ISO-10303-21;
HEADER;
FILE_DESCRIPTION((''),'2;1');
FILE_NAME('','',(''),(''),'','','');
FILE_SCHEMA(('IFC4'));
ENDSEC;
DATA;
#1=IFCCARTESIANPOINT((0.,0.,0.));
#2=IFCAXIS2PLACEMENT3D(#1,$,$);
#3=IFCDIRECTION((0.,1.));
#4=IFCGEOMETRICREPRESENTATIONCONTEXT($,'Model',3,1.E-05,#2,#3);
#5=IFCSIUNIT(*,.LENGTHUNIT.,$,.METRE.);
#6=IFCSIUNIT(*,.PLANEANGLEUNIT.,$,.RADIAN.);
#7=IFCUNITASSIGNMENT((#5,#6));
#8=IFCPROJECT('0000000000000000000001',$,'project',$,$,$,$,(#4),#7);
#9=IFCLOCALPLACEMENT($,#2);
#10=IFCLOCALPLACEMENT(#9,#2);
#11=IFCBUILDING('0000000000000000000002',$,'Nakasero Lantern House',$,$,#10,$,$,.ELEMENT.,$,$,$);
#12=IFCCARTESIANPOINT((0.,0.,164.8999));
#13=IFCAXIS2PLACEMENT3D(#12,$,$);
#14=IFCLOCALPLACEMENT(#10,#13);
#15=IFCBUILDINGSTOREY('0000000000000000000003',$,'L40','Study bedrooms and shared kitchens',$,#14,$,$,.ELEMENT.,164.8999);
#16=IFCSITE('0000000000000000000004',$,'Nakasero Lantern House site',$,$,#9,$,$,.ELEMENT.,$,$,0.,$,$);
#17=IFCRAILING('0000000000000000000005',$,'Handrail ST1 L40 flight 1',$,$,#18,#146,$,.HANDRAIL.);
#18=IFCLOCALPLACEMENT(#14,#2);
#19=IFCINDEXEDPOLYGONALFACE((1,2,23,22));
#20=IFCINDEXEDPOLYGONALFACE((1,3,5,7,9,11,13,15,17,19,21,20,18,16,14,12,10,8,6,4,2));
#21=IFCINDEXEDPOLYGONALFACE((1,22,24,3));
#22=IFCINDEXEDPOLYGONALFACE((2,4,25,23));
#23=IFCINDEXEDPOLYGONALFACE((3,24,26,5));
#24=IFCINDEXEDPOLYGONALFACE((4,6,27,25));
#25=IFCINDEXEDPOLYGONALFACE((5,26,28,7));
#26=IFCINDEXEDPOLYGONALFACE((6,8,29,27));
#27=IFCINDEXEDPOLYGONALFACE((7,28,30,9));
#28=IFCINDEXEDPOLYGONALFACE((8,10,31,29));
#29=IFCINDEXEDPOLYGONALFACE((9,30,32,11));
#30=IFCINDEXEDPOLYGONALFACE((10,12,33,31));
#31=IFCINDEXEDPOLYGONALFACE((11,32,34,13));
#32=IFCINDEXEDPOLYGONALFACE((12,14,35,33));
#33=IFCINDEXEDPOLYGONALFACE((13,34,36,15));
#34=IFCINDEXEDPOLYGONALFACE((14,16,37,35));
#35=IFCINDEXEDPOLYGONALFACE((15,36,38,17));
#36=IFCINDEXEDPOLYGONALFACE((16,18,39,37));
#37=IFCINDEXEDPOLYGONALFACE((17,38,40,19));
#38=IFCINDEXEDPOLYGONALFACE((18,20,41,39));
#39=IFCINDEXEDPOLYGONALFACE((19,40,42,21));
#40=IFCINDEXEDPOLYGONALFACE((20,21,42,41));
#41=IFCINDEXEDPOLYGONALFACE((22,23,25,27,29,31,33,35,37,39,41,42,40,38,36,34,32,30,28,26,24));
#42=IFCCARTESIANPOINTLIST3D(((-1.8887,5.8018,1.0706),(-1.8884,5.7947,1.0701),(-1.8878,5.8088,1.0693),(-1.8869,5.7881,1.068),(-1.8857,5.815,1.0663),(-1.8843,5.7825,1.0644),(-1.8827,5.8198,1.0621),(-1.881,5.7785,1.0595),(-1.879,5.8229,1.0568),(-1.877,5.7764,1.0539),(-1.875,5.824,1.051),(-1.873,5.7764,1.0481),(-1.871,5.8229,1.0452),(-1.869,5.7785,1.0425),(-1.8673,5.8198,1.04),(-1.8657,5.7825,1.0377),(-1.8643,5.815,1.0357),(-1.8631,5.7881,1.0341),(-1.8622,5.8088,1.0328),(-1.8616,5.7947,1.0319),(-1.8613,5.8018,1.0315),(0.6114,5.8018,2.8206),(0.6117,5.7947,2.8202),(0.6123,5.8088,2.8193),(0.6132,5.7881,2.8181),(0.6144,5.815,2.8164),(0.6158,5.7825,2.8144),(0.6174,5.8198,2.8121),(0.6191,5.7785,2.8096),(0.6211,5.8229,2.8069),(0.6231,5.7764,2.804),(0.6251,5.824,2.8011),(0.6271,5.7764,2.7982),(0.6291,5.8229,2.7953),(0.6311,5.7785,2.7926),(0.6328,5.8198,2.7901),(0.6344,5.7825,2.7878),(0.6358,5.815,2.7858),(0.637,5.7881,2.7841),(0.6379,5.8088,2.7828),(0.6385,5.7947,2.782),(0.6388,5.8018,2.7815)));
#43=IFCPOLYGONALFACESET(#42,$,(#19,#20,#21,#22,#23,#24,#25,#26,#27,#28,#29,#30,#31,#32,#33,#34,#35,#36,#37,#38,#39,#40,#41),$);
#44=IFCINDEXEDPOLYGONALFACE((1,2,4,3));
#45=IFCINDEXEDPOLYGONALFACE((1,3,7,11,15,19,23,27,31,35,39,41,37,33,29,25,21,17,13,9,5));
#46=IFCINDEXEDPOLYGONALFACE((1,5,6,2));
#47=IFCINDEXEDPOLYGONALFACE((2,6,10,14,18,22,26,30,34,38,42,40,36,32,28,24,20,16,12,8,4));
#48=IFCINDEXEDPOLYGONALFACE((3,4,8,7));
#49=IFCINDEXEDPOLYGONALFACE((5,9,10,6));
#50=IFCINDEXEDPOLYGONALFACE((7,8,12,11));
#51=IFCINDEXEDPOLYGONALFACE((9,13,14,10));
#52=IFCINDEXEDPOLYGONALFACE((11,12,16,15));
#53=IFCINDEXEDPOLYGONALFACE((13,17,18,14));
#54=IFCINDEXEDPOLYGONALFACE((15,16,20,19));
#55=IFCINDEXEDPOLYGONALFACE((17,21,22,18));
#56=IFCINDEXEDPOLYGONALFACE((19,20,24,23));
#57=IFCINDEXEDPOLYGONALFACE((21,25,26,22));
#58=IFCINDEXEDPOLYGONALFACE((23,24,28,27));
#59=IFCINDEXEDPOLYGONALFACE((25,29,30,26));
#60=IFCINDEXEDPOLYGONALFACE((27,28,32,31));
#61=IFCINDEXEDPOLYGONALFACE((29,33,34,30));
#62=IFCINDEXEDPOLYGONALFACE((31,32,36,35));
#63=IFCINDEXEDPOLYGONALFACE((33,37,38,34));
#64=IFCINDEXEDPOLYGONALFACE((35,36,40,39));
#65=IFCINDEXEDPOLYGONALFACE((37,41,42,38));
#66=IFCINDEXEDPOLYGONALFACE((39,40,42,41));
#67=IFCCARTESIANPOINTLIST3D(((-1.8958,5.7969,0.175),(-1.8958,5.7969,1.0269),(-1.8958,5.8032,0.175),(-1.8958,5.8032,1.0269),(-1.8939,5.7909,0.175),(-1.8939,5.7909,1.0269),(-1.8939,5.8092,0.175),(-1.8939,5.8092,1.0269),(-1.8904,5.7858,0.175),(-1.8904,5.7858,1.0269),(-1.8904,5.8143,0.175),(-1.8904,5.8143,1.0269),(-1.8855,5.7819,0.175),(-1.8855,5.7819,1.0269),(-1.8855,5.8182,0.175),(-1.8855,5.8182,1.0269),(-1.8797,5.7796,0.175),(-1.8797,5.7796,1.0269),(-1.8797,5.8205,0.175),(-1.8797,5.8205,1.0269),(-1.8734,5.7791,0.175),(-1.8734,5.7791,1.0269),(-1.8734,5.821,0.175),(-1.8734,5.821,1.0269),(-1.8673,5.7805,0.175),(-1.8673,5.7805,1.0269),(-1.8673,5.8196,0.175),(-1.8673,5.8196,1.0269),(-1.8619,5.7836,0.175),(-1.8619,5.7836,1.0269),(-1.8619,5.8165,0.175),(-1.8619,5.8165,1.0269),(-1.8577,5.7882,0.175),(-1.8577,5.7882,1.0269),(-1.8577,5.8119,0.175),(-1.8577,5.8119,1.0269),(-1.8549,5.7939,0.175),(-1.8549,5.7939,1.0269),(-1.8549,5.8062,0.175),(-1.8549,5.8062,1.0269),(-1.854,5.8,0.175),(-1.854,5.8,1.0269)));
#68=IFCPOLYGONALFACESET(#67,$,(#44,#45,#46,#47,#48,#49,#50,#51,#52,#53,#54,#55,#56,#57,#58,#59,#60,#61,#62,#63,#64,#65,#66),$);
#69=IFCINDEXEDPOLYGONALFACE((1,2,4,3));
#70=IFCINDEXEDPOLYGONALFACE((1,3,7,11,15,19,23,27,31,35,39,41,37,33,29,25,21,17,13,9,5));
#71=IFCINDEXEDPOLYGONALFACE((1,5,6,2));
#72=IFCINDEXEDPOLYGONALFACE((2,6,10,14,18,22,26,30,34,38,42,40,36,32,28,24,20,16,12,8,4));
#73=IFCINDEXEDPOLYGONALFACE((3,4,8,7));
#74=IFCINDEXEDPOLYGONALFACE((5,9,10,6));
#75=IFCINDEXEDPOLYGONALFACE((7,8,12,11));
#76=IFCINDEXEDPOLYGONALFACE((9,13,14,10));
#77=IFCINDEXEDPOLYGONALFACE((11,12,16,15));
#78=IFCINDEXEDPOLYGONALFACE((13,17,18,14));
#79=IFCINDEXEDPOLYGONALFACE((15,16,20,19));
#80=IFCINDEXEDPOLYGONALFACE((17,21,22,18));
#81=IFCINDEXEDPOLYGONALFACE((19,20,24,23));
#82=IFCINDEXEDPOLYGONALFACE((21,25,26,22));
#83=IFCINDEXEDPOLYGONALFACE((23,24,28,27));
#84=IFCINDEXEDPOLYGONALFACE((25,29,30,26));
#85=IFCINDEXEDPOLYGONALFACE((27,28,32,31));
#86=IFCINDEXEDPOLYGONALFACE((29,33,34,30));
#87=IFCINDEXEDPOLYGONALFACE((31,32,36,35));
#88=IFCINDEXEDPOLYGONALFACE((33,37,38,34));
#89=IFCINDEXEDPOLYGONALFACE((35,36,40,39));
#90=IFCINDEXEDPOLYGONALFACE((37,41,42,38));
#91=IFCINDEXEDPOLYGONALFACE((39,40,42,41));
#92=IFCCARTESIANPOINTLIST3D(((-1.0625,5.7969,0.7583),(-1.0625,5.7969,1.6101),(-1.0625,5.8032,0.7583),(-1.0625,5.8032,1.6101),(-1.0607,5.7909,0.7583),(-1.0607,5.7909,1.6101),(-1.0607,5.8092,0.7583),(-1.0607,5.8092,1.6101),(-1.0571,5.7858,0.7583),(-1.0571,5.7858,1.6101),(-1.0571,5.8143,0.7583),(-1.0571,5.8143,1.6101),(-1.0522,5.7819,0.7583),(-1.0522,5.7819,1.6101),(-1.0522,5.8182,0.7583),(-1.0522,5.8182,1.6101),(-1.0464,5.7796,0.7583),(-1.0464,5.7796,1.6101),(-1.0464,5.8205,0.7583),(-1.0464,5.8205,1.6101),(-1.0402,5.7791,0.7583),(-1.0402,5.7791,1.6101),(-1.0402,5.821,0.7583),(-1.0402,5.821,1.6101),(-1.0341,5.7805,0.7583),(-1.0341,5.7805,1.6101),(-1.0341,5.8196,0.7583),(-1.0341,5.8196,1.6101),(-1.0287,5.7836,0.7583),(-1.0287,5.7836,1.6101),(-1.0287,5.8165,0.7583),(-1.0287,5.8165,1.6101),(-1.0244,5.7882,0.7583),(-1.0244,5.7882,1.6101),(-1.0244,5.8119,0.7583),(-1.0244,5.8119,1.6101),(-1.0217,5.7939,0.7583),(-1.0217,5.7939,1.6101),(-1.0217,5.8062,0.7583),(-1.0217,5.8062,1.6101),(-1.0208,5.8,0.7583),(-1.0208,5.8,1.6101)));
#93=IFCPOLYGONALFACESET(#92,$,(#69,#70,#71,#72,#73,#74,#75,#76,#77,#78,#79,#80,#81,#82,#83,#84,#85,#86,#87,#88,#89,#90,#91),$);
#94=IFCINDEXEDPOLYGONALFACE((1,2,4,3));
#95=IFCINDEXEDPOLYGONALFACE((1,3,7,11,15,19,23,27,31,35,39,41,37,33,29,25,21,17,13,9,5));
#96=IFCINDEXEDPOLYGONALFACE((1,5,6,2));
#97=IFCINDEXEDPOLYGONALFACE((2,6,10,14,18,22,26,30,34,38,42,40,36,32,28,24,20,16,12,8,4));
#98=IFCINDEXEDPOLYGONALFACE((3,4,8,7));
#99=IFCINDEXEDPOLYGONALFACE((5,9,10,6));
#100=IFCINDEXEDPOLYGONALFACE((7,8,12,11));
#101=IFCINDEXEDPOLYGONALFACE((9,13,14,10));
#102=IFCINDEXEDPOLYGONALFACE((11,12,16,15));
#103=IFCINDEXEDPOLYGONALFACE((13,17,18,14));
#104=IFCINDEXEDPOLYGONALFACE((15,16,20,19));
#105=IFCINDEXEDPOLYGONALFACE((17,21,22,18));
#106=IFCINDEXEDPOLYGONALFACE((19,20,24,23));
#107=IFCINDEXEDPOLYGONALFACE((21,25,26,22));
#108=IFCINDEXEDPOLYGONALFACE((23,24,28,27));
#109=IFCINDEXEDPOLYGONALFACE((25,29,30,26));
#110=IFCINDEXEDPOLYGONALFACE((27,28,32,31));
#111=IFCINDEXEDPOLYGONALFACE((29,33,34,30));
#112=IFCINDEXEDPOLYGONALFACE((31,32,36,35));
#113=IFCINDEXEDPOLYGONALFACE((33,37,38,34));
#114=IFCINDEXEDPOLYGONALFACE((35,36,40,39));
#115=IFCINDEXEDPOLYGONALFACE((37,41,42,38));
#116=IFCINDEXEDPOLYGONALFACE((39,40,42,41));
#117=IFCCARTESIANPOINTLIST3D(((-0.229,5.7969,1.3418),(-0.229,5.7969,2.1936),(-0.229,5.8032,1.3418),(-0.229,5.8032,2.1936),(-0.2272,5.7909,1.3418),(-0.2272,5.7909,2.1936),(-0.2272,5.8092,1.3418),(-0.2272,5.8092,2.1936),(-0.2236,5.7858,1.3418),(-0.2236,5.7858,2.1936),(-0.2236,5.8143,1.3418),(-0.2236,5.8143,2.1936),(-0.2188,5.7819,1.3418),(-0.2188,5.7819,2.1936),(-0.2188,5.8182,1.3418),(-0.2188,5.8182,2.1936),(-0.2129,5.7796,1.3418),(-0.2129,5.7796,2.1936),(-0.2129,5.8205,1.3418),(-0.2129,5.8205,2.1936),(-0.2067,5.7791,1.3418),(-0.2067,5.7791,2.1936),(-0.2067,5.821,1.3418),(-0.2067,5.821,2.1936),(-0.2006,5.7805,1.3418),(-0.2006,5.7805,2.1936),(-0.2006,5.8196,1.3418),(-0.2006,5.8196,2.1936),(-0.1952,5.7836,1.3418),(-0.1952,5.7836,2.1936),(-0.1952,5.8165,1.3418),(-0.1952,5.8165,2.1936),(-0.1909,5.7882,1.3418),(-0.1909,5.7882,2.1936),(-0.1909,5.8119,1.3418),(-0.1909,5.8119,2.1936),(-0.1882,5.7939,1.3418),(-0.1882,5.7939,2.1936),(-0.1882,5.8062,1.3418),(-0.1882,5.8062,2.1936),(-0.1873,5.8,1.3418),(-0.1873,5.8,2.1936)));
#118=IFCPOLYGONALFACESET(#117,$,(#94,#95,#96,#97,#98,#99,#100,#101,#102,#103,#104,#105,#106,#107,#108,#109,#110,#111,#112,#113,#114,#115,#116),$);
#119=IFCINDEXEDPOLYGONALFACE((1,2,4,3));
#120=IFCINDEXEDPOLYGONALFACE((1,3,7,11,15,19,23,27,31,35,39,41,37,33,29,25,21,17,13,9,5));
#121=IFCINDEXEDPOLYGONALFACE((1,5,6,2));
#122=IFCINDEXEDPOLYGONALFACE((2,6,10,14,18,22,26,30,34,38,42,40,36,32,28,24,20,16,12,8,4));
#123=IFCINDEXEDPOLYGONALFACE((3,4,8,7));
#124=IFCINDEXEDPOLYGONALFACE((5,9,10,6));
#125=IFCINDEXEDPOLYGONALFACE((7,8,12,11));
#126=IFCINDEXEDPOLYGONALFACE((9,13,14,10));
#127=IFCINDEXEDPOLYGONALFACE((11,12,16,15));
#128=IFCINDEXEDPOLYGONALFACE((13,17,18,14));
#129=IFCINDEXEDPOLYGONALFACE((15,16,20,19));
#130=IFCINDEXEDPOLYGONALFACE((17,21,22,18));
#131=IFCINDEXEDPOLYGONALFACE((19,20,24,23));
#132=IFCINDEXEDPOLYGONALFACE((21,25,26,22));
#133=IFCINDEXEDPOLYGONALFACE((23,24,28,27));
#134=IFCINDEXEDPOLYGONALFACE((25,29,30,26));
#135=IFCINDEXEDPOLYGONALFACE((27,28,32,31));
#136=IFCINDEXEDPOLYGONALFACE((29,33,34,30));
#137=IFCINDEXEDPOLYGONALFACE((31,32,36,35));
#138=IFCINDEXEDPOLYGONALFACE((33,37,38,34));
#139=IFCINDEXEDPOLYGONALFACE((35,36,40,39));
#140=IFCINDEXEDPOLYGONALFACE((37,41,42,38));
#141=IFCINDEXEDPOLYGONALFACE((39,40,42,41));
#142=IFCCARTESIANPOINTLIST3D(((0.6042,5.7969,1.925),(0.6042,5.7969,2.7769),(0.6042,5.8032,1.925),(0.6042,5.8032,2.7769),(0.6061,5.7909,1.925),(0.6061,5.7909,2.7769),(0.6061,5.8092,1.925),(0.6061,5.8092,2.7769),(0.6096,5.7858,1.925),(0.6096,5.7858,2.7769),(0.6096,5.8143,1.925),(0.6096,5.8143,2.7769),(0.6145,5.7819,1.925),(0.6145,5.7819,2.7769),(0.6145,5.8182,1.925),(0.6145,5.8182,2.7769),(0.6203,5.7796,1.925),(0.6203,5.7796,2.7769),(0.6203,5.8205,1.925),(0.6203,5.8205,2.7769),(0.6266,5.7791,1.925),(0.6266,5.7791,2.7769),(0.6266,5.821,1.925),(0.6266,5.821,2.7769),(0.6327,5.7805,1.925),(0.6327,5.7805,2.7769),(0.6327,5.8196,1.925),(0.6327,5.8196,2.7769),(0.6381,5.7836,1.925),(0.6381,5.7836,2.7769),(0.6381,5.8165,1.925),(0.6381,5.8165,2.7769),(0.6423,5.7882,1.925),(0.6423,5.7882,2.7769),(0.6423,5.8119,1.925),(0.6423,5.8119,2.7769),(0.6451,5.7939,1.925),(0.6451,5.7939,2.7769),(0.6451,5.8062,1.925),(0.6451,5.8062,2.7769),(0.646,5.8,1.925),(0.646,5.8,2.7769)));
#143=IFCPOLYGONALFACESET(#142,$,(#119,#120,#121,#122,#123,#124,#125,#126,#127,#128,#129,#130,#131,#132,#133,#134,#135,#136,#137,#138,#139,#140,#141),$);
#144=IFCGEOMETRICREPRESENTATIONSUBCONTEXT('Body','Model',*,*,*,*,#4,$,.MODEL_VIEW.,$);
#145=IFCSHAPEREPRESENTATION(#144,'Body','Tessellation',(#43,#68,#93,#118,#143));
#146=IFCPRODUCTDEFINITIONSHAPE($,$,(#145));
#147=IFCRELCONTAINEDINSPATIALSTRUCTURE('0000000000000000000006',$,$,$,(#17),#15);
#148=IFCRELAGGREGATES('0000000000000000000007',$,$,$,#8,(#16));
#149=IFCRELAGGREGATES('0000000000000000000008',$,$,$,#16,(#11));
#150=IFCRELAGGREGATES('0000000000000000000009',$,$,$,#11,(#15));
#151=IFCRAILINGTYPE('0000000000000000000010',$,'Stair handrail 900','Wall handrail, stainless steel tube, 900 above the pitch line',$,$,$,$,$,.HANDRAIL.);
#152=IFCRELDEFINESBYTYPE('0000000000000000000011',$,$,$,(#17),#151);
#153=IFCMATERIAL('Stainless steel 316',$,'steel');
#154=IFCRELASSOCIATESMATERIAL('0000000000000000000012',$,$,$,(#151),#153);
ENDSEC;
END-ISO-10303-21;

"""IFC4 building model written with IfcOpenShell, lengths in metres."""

from ifc_helpers import new_model, si_unit, direction, frame, origin, origin_2d, place, context, subcontext, project, spatial, circle, extrude, material, type_object, element, save


model = new_model("IFC4")

# Units and contexts
model_context = context("Model", 3, precision=1e-05, world=origin(), true_north=direction((0.0, 1.0)))
body_context = subcontext(model_context, "Body", "Model", "MODEL_VIEW")
ifc_project = project(units=[si_unit("LENGTHUNIT", "METRE"), si_unit("PLANEANGLEUNIT", "RADIAN")], contexts=[model_context])

# Site, building, storey
site_placement = place(None, origin())
site = spatial("IfcSite", under=ifc_project, at=site_placement, Name="Nakasero Lantern House site", CompositionType="ELEMENT", RefElevation=0.0)
building_placement = place(site_placement, origin())
building = spatial("IfcBuilding", under=site, at=building_placement, Name="Nakasero Lantern House", CompositionType="ELEMENT")
storey_placement = place(building_placement, frame((0.0, 0.0, 164.8999)))
storey = spatial("IfcBuildingStorey", under=building, at=storey_placement, Name="L40", Description="Study bedrooms and shared kitchens", CompositionType="ELEMENT", Elevation=164.8999)

# Railing
ifc_material_1 = material(Name="Stainless steel 316", Category="steel")
railing_type = type_object("IfcRailingType", Name="Stair handrail 900", Description="Wall handrail, stainless steel tube, 900 above the pitch line", PredefinedType="HANDRAIL", material=ifc_material_1)
railing_placement = place(storey_placement, frame((-1.875, 5.8, 0.175)))
element("IfcRailing", 1, at=railing_placement, inside=storey, type_object=railing_type, Name="Handrail ST1 L40 flight 1", PredefinedType="HANDRAIL", context=body_context, shape_type="SweptSolid", body=[
    extrude(circle(Radius=0.0239, at=origin_2d()), frame((0.0, 0.0, 0.876), z_axis=(0.819232, 0.0, 0.573462), x_axis=(0.0, 1.0, 0.0)), (0.0, 0.0, 1.0), 3.0518),
    extrude(circle(Radius=0.021, at=origin_2d()), origin(), (0.0, 0.0, 1.0), 0.8518),
    extrude(circle(Radius=0.021, at=origin_2d()), frame((0.8333, 0.0, 0.5833)), (0.0, 0.0, 1.0), 0.8518),
    extrude(circle(Radius=0.021, at=origin_2d()), frame((1.6667, 0.0, 1.1667)), (0.0, 0.0, 1.0), 0.8518),
    extrude(circle(Radius=0.021, at=origin_2d()), frame((2.5, 0.0, 1.75)), (0.0, 0.0, 1.0), 0.8518),
])

save(model, "model.ifc")
